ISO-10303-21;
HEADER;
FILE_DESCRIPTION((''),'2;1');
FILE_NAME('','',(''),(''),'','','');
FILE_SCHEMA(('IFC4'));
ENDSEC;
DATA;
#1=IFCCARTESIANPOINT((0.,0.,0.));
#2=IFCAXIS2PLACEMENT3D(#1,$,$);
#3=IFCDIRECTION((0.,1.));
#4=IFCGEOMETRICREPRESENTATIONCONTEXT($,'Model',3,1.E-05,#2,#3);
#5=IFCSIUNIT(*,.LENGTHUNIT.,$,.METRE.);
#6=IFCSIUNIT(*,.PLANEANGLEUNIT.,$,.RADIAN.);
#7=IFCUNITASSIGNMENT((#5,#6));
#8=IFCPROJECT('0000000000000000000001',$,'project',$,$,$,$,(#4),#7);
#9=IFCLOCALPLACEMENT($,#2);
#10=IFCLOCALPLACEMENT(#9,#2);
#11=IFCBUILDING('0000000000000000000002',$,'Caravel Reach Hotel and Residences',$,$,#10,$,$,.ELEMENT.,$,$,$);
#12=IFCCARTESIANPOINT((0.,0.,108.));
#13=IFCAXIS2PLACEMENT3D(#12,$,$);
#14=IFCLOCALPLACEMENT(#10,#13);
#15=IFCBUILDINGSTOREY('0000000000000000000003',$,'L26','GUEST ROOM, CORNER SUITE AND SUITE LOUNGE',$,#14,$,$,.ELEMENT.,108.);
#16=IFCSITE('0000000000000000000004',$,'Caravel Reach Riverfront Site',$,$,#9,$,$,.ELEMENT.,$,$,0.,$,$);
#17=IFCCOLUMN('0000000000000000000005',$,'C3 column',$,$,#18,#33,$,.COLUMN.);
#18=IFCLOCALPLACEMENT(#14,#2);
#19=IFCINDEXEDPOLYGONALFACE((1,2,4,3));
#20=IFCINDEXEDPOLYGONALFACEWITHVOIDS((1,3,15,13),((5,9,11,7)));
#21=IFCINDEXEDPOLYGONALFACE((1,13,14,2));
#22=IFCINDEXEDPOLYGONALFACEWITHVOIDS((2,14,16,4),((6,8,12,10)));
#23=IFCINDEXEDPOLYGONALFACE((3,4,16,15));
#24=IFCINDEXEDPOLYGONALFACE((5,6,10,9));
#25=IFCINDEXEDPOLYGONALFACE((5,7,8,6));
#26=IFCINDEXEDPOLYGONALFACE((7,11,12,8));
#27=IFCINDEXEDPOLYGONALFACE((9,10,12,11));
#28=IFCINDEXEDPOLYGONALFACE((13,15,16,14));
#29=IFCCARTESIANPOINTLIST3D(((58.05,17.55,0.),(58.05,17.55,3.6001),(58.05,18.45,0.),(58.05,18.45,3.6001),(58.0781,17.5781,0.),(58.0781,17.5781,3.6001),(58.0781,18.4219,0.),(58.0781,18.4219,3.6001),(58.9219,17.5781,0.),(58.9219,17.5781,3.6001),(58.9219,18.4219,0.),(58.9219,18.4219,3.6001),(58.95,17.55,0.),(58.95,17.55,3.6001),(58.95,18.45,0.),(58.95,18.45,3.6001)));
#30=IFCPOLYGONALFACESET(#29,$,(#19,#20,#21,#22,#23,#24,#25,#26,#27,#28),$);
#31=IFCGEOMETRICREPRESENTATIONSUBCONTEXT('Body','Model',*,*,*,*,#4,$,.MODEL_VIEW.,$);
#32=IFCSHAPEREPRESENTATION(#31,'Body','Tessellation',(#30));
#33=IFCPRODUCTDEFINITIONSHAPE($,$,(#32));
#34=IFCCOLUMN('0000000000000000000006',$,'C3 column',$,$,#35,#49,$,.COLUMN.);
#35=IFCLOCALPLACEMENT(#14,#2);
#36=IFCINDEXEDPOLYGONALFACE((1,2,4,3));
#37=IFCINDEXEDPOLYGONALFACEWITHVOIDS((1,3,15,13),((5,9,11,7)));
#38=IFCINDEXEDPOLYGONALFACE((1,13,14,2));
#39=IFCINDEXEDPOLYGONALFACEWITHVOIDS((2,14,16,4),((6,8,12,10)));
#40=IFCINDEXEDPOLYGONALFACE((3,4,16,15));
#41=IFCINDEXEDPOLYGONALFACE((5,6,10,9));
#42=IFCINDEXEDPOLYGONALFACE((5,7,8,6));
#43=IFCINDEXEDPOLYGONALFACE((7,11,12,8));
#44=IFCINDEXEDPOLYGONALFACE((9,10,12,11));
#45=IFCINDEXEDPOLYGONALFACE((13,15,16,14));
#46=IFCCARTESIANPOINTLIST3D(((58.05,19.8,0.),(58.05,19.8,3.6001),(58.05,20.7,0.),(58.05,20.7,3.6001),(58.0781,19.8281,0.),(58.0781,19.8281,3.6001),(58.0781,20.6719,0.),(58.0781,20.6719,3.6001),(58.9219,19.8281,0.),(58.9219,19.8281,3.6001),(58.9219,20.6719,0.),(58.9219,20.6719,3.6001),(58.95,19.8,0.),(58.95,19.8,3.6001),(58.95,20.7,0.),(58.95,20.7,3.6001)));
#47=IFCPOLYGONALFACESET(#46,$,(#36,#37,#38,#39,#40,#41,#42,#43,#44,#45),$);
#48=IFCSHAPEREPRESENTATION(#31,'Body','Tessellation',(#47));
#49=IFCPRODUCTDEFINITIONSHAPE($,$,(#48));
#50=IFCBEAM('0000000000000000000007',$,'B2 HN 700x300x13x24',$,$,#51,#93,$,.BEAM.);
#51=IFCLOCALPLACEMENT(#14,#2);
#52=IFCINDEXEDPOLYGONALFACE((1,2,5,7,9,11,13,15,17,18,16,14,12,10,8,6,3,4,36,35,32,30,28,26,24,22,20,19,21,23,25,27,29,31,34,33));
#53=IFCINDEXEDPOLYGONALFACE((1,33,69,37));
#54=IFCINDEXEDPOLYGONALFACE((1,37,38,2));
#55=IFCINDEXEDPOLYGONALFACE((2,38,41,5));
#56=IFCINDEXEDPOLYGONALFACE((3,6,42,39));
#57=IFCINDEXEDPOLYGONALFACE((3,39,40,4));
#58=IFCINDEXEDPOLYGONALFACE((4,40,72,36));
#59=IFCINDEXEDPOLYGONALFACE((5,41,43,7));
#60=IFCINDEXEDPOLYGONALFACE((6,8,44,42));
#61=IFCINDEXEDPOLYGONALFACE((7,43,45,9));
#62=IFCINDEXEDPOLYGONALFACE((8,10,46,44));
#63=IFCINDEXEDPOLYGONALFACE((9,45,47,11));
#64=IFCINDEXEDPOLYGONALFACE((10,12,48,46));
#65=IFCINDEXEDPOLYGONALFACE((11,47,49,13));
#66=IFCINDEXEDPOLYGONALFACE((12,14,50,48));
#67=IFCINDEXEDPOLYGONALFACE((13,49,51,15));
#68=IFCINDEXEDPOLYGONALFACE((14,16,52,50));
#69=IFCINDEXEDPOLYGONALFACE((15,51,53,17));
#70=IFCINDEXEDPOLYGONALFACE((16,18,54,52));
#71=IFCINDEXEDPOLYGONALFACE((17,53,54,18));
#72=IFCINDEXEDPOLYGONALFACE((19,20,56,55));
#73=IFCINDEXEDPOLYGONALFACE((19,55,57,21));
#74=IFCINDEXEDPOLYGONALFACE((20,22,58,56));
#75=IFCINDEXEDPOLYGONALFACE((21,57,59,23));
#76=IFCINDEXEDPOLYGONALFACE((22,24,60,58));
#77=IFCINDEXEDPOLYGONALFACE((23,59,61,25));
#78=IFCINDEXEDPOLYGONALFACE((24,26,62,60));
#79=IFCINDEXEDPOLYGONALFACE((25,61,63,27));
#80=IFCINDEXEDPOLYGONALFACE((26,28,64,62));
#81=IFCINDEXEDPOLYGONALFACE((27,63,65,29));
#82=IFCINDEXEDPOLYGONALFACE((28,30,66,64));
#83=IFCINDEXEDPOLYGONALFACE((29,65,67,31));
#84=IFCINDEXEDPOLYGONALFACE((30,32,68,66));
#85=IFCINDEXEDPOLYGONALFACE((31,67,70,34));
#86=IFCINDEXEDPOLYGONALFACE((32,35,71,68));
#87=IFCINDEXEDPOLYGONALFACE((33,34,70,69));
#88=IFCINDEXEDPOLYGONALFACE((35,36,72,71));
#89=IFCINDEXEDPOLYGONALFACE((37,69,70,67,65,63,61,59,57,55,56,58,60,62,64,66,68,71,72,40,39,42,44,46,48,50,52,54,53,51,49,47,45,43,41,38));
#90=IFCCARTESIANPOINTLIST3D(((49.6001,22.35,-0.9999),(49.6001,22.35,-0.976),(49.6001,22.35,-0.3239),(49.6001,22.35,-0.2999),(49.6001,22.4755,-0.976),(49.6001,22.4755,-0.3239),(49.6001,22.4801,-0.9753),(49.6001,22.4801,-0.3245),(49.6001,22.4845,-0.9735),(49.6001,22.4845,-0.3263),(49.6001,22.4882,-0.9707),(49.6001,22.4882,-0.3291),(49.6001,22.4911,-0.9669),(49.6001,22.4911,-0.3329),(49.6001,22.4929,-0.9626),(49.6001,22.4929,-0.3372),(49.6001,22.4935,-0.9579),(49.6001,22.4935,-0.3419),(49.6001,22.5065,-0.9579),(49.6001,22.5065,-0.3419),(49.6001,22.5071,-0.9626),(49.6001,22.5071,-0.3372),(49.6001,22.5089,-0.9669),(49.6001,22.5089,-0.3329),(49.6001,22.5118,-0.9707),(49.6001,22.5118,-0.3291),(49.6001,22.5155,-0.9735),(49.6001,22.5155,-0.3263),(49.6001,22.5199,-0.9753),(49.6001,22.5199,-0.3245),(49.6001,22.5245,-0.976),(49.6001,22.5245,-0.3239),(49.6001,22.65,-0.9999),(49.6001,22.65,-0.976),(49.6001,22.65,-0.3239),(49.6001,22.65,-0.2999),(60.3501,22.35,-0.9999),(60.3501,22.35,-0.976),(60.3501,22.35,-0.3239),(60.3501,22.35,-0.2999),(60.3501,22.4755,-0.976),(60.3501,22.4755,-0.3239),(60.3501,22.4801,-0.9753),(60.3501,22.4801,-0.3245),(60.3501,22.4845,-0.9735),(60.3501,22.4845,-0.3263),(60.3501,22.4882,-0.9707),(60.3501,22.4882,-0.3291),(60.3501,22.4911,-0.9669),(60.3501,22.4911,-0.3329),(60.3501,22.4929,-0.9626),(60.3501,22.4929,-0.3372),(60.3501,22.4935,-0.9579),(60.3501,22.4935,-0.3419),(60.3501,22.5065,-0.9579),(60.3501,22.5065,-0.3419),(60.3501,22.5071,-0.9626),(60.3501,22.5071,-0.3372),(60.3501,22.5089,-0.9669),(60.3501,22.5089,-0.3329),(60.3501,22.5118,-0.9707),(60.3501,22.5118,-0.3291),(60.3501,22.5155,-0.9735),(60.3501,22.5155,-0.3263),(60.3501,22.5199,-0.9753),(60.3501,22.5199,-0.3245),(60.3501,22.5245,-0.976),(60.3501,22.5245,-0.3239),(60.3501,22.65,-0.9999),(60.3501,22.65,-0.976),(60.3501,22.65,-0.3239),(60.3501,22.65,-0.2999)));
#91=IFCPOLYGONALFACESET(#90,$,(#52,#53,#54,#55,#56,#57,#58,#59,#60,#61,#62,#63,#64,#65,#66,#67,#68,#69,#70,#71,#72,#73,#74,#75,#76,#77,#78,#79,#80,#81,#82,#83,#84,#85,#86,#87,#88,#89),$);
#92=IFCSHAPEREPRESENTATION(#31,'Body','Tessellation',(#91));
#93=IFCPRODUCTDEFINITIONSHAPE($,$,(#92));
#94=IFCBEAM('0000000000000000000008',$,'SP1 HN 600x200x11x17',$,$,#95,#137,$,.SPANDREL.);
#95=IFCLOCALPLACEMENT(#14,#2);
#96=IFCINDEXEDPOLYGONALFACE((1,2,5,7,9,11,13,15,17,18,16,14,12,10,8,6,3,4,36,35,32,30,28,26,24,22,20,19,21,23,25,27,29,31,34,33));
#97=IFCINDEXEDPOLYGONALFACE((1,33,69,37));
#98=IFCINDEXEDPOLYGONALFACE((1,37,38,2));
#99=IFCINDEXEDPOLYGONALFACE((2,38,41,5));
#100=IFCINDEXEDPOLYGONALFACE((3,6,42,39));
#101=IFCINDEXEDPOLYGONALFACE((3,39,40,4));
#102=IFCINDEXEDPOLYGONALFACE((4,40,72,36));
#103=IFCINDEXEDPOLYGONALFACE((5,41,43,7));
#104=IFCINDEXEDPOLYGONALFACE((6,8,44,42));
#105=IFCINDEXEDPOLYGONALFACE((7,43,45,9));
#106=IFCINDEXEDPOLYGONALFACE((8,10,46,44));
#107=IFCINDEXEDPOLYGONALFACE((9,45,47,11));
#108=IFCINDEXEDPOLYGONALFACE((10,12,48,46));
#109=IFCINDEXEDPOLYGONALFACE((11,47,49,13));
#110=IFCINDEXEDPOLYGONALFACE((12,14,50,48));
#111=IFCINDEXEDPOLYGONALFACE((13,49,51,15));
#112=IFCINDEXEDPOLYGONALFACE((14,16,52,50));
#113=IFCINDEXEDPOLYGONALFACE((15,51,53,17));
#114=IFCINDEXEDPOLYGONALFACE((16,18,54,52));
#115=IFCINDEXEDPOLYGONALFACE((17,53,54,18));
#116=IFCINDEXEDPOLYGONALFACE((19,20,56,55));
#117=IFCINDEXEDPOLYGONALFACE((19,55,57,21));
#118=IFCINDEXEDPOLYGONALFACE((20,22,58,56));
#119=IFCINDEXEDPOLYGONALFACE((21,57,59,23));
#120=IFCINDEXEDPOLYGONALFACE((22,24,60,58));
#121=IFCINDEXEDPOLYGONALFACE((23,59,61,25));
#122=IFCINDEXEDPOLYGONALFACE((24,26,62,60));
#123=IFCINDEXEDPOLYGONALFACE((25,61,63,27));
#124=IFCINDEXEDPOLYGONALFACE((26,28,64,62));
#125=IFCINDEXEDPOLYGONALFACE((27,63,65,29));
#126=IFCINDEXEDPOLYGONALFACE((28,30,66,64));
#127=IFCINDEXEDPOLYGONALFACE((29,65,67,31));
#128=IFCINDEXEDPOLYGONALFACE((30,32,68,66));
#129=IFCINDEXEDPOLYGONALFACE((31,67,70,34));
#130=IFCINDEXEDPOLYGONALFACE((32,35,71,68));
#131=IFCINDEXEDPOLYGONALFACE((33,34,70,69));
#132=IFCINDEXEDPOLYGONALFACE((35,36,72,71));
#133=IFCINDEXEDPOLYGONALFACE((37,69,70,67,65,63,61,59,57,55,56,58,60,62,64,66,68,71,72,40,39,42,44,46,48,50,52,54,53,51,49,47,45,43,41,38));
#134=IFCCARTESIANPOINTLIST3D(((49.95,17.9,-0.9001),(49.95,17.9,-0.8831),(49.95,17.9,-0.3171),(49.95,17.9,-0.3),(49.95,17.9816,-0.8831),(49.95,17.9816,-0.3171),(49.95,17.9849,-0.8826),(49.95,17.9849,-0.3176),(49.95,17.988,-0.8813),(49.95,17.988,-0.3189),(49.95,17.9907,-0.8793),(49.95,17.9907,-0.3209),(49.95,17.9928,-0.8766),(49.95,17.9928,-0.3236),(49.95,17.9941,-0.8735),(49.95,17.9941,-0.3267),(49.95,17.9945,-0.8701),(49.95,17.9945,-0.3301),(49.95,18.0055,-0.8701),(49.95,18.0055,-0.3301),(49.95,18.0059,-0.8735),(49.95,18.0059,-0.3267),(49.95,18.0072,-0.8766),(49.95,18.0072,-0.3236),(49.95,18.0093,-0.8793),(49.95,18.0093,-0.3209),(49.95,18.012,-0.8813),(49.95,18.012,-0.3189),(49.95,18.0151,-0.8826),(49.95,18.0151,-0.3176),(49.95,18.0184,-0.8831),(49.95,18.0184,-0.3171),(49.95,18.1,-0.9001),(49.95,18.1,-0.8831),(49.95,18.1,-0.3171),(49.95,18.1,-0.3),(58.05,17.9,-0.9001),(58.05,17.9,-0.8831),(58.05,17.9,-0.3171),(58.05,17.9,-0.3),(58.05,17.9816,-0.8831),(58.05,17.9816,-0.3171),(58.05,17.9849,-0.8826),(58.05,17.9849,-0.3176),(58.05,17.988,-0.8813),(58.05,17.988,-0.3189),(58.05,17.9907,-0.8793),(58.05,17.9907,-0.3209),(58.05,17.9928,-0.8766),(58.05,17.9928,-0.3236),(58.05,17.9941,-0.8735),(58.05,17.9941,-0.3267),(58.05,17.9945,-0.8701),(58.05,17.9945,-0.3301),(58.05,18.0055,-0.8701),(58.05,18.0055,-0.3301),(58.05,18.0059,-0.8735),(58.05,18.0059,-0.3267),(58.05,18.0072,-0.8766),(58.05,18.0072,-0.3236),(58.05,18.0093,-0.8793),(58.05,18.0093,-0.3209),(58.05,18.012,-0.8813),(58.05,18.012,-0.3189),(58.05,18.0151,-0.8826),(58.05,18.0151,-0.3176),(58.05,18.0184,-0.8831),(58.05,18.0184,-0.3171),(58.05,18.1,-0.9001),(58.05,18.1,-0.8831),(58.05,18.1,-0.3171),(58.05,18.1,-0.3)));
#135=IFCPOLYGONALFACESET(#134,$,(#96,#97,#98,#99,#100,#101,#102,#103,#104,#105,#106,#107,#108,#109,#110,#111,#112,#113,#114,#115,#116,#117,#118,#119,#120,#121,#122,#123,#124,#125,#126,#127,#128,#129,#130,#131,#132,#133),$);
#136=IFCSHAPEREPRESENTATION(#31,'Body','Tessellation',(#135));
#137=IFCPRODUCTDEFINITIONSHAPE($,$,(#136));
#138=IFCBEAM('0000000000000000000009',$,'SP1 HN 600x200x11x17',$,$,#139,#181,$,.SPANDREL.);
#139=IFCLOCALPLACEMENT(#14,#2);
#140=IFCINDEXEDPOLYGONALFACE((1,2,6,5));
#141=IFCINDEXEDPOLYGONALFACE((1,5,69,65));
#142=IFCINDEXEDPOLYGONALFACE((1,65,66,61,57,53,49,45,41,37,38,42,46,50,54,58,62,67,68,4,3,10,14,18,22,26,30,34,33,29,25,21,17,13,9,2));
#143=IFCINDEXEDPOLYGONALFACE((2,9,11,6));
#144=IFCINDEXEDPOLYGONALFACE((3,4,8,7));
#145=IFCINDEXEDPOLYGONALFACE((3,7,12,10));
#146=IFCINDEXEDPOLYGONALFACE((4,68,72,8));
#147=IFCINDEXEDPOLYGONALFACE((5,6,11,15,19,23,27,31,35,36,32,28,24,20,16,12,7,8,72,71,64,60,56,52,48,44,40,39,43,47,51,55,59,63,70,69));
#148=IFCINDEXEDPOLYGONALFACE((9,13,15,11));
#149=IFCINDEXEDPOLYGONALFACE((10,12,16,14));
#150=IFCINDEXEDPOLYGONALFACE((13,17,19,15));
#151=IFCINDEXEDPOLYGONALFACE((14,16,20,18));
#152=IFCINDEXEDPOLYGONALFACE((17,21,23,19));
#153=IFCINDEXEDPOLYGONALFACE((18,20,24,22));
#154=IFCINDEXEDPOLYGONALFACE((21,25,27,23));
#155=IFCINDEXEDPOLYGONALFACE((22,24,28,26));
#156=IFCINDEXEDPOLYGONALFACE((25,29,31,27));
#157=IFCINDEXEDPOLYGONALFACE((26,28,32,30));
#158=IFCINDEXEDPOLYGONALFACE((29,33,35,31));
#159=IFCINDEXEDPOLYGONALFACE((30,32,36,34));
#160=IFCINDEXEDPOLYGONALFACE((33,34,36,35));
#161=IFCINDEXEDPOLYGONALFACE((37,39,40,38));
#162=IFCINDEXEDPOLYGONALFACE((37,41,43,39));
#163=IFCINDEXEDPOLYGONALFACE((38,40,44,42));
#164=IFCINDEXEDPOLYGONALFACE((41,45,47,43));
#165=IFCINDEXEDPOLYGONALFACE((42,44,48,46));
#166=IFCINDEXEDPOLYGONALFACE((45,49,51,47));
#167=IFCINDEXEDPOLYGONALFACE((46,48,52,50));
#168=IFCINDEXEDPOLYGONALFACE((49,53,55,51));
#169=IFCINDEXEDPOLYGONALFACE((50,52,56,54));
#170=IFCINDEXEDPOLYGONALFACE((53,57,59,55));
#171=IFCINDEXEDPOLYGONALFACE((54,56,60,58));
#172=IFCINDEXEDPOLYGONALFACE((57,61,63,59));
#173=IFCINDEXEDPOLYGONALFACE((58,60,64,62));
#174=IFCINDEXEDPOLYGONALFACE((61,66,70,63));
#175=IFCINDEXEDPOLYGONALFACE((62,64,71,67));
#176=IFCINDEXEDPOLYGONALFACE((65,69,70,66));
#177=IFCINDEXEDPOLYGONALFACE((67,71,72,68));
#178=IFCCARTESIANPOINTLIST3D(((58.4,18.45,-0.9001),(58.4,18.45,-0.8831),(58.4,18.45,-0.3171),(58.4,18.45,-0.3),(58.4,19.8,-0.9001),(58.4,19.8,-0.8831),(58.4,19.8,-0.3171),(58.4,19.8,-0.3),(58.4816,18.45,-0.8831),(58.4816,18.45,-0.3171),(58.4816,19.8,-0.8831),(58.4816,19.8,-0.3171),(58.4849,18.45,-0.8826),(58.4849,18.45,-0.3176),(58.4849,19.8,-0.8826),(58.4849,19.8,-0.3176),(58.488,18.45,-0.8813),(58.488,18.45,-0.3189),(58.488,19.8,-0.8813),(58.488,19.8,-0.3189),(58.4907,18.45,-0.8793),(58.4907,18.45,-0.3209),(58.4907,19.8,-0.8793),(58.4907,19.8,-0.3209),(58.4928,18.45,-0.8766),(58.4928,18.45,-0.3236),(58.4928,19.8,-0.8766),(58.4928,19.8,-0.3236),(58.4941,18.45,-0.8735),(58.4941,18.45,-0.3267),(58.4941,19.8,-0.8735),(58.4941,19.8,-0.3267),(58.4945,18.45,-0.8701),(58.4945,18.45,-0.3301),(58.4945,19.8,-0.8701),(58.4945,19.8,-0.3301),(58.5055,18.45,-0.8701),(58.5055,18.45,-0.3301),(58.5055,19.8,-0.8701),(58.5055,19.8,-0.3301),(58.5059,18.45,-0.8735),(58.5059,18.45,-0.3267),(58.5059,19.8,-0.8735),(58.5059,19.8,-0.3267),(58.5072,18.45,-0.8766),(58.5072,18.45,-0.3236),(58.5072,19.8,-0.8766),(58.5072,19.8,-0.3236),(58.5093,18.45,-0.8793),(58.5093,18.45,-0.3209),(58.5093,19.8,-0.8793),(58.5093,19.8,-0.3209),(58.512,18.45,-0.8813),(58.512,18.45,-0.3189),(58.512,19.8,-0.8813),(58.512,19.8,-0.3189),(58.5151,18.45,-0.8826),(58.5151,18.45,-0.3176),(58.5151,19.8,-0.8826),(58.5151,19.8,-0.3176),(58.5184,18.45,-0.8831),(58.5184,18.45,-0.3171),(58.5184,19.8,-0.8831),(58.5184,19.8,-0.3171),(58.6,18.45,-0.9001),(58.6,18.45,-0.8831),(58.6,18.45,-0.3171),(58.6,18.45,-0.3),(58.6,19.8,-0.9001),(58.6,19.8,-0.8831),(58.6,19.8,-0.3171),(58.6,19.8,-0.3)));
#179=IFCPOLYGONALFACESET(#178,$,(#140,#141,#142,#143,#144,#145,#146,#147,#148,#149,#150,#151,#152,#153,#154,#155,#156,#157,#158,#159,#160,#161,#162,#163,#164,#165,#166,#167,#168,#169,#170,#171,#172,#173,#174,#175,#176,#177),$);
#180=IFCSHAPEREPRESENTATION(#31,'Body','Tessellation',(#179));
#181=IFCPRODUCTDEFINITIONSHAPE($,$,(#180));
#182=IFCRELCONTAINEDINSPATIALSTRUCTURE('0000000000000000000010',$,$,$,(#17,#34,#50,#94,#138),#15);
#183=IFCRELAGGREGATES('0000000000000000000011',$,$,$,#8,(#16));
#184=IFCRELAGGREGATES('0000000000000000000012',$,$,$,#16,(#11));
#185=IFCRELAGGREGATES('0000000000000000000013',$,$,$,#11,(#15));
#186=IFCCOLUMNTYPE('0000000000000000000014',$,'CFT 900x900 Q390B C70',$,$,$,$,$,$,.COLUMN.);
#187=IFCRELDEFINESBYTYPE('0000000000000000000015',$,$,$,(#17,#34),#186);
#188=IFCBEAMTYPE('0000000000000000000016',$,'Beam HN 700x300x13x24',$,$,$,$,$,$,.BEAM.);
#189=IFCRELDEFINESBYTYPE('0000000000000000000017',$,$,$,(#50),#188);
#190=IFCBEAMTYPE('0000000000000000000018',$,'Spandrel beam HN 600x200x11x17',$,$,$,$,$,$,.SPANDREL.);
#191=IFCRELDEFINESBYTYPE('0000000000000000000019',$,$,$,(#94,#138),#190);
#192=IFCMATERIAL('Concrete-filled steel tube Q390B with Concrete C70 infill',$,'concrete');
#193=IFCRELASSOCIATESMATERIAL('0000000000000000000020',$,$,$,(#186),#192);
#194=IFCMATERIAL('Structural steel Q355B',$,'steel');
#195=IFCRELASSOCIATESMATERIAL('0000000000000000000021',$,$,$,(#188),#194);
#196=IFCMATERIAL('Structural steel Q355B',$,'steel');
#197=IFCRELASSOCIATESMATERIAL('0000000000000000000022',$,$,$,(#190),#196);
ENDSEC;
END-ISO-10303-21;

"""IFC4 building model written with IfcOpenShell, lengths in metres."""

from ifc_helpers import new_model, si_unit, direction, frame, origin, origin_2d, place, context, subcontext, project, spatial, hollow_rectangle, i_section, extrude, material, material_profile, profile_set, type_object, element, save


model = new_model("IFC4")

# Units and contexts
model_context = context("Model", 3, precision=1e-05, world=origin(), true_north=direction((0.0, 1.0)))
body_context = subcontext(model_context, "Body", "Model", "MODEL_VIEW")
ifc_project = project(units=[si_unit("LENGTHUNIT", "METRE"), si_unit("PLANEANGLEUNIT", "RADIAN")], contexts=[model_context])

# Site, building, storey
site_placement = place(None, origin())
site = spatial("IfcSite", under=ifc_project, at=site_placement, Name="Caravel Reach Riverfront Site", CompositionType="ELEMENT", RefElevation=0.0)
building_placement = place(site_placement, origin())
building = spatial("IfcBuilding", under=site, at=building_placement, Name="Caravel Reach Hotel and Residences", CompositionType="ELEMENT")
storey_placement = place(building_placement, frame((0.0, 0.0, 108.0)))
storey = spatial("IfcBuildingStorey", under=building, at=storey_placement, Name="L26", Description="GUEST ROOM, CORNER SUITE AND SUITE LOUNGE", CompositionType="ELEMENT", Elevation=108.0)

# Columns
ifc_material_1 = material(Name="Concrete-filled steel tube Q390B with Concrete C70 infill", Category="concrete")
ifc_material_profile_1 = material_profile(ifc_material_1, hollow_rectangle(XDim=0.8999, YDim=0.8999, WallThickness=0.0281, at=origin_2d()), Name="RHS 900x900x28")
ifc_profile_set_1 = profile_set([ifc_material_profile_1], Name="Concrete-filled steel tube Q390B with Concrete C70 infill")
column_type = type_object("IfcColumnType", Name="CFT 900x900 Q390B C70", PredefinedType="COLUMN", material=ifc_profile_set_1)
for number, where, z_axis, x_axis, name in (
    (1, (58.5, 18.0, 0.0), (0.0, 0.0, 1.0), (1.0, 0.0, 0.0), "C3 column"),
    (2, (58.5, 20.25, 0.0), (0.0, 0.0, 1.0), (1.0, 0.0, 0.0), "C3 column"),
):
    element("IfcColumn", number, at=place(storey_placement, frame(where, z_axis=z_axis, x_axis=x_axis)), inside=storey, type_object=column_type, Name=name, PredefinedType="COLUMN", context=body_context, shape_type="SweptSolid", body=[
        extrude(hollow_rectangle(XDim=0.8999, YDim=0.8999, WallThickness=0.0281, at=origin_2d()), origin(), (0.0, 0.0, 1.0), 3.6001),
    ])

# Beams
ifc_material_2 = material(Name="Structural steel Q355B", Category="steel")
ifc_material_profile_2 = material_profile(ifc_material_2, i_section(OverallWidth=0.3, OverallDepth=0.7, WebThickness=0.0129, FlangeThickness=0.0239, FilletRadius=0.0181, at=origin_2d()), Name="HN 700x300x13x24")
ifc_profile_set_2 = profile_set([ifc_material_profile_2], Name="Structural steel Q355B")
beam_type_1 = type_object("IfcBeamType", Name="Beam HN 700x300x13x24", PredefinedType="BEAM", material=ifc_profile_set_2)
beam_1_placement = place(storey_placement, frame((49.6001, 22.5, -0.6499), z_axis=(1.0, 0.0, 0.0), x_axis=(0.0, 1.0, 0.0)))
element("IfcBeam", 3, at=beam_1_placement, inside=storey, type_object=beam_type_1, Name="B2 HN 700x300x13x24", PredefinedType="BEAM", context=body_context, shape_type="SweptSolid", body=[
    extrude(i_section(OverallWidth=0.3, OverallDepth=0.7, WebThickness=0.0129, FlangeThickness=0.0239, FilletRadius=0.0181, at=origin_2d()), origin(), (0.0, 0.0, 1.0), 10.75),
])
ifc_material_3 = material(Name="Structural steel Q355B", Category="steel")
ifc_material_profile_3 = material_profile(ifc_material_3, i_section(OverallWidth=0.2, OverallDepth=0.6001, WebThickness=0.011, FlangeThickness=0.0171, FilletRadius=0.0129, at=origin_2d()), Name="HN 600x200x11x17")
ifc_profile_set_3 = profile_set([ifc_material_profile_3], Name="Structural steel Q355B")
beam_type_2 = type_object("IfcBeamType", Name="Spandrel beam HN 600x200x11x17", PredefinedType="SPANDREL", material=ifc_profile_set_3)
beam_2_placement = place(storey_placement, frame((49.95, 18.0, -0.6001), z_axis=(1.0, 0.0, 0.0), x_axis=(0.0, 1.0, 0.0)))
element("IfcBeam", 4, at=beam_2_placement, inside=storey, type_object=beam_type_2, Name="SP1 HN 600x200x11x17", PredefinedType="SPANDREL", context=body_context, shape_type="SweptSolid", body=[
    extrude(i_section(OverallWidth=0.2, OverallDepth=0.6001, WebThickness=0.011, FlangeThickness=0.0171, FilletRadius=0.0129, at=origin_2d()), origin(), (0.0, 0.0, 1.0), 8.1001),
])
beam_3_placement = place(storey_placement, frame((58.5, 18.45, -0.6001), z_axis=(0.0, 1.0, 0.0), x_axis=(-1.0, 0.0, 0.0)))
element("IfcBeam", 5, at=beam_3_placement, inside=storey, type_object=beam_type_2, Name="SP1 HN 600x200x11x17", PredefinedType="SPANDREL", context=body_context, shape_type="SweptSolid", body=[
    extrude(i_section(OverallWidth=0.2, OverallDepth=0.6001, WebThickness=0.011, FlangeThickness=0.0171, FilletRadius=0.0129, at=origin_2d()), origin(), (0.0, 0.0, 1.0), 1.3501),
])

save(model, "model.ifc")
